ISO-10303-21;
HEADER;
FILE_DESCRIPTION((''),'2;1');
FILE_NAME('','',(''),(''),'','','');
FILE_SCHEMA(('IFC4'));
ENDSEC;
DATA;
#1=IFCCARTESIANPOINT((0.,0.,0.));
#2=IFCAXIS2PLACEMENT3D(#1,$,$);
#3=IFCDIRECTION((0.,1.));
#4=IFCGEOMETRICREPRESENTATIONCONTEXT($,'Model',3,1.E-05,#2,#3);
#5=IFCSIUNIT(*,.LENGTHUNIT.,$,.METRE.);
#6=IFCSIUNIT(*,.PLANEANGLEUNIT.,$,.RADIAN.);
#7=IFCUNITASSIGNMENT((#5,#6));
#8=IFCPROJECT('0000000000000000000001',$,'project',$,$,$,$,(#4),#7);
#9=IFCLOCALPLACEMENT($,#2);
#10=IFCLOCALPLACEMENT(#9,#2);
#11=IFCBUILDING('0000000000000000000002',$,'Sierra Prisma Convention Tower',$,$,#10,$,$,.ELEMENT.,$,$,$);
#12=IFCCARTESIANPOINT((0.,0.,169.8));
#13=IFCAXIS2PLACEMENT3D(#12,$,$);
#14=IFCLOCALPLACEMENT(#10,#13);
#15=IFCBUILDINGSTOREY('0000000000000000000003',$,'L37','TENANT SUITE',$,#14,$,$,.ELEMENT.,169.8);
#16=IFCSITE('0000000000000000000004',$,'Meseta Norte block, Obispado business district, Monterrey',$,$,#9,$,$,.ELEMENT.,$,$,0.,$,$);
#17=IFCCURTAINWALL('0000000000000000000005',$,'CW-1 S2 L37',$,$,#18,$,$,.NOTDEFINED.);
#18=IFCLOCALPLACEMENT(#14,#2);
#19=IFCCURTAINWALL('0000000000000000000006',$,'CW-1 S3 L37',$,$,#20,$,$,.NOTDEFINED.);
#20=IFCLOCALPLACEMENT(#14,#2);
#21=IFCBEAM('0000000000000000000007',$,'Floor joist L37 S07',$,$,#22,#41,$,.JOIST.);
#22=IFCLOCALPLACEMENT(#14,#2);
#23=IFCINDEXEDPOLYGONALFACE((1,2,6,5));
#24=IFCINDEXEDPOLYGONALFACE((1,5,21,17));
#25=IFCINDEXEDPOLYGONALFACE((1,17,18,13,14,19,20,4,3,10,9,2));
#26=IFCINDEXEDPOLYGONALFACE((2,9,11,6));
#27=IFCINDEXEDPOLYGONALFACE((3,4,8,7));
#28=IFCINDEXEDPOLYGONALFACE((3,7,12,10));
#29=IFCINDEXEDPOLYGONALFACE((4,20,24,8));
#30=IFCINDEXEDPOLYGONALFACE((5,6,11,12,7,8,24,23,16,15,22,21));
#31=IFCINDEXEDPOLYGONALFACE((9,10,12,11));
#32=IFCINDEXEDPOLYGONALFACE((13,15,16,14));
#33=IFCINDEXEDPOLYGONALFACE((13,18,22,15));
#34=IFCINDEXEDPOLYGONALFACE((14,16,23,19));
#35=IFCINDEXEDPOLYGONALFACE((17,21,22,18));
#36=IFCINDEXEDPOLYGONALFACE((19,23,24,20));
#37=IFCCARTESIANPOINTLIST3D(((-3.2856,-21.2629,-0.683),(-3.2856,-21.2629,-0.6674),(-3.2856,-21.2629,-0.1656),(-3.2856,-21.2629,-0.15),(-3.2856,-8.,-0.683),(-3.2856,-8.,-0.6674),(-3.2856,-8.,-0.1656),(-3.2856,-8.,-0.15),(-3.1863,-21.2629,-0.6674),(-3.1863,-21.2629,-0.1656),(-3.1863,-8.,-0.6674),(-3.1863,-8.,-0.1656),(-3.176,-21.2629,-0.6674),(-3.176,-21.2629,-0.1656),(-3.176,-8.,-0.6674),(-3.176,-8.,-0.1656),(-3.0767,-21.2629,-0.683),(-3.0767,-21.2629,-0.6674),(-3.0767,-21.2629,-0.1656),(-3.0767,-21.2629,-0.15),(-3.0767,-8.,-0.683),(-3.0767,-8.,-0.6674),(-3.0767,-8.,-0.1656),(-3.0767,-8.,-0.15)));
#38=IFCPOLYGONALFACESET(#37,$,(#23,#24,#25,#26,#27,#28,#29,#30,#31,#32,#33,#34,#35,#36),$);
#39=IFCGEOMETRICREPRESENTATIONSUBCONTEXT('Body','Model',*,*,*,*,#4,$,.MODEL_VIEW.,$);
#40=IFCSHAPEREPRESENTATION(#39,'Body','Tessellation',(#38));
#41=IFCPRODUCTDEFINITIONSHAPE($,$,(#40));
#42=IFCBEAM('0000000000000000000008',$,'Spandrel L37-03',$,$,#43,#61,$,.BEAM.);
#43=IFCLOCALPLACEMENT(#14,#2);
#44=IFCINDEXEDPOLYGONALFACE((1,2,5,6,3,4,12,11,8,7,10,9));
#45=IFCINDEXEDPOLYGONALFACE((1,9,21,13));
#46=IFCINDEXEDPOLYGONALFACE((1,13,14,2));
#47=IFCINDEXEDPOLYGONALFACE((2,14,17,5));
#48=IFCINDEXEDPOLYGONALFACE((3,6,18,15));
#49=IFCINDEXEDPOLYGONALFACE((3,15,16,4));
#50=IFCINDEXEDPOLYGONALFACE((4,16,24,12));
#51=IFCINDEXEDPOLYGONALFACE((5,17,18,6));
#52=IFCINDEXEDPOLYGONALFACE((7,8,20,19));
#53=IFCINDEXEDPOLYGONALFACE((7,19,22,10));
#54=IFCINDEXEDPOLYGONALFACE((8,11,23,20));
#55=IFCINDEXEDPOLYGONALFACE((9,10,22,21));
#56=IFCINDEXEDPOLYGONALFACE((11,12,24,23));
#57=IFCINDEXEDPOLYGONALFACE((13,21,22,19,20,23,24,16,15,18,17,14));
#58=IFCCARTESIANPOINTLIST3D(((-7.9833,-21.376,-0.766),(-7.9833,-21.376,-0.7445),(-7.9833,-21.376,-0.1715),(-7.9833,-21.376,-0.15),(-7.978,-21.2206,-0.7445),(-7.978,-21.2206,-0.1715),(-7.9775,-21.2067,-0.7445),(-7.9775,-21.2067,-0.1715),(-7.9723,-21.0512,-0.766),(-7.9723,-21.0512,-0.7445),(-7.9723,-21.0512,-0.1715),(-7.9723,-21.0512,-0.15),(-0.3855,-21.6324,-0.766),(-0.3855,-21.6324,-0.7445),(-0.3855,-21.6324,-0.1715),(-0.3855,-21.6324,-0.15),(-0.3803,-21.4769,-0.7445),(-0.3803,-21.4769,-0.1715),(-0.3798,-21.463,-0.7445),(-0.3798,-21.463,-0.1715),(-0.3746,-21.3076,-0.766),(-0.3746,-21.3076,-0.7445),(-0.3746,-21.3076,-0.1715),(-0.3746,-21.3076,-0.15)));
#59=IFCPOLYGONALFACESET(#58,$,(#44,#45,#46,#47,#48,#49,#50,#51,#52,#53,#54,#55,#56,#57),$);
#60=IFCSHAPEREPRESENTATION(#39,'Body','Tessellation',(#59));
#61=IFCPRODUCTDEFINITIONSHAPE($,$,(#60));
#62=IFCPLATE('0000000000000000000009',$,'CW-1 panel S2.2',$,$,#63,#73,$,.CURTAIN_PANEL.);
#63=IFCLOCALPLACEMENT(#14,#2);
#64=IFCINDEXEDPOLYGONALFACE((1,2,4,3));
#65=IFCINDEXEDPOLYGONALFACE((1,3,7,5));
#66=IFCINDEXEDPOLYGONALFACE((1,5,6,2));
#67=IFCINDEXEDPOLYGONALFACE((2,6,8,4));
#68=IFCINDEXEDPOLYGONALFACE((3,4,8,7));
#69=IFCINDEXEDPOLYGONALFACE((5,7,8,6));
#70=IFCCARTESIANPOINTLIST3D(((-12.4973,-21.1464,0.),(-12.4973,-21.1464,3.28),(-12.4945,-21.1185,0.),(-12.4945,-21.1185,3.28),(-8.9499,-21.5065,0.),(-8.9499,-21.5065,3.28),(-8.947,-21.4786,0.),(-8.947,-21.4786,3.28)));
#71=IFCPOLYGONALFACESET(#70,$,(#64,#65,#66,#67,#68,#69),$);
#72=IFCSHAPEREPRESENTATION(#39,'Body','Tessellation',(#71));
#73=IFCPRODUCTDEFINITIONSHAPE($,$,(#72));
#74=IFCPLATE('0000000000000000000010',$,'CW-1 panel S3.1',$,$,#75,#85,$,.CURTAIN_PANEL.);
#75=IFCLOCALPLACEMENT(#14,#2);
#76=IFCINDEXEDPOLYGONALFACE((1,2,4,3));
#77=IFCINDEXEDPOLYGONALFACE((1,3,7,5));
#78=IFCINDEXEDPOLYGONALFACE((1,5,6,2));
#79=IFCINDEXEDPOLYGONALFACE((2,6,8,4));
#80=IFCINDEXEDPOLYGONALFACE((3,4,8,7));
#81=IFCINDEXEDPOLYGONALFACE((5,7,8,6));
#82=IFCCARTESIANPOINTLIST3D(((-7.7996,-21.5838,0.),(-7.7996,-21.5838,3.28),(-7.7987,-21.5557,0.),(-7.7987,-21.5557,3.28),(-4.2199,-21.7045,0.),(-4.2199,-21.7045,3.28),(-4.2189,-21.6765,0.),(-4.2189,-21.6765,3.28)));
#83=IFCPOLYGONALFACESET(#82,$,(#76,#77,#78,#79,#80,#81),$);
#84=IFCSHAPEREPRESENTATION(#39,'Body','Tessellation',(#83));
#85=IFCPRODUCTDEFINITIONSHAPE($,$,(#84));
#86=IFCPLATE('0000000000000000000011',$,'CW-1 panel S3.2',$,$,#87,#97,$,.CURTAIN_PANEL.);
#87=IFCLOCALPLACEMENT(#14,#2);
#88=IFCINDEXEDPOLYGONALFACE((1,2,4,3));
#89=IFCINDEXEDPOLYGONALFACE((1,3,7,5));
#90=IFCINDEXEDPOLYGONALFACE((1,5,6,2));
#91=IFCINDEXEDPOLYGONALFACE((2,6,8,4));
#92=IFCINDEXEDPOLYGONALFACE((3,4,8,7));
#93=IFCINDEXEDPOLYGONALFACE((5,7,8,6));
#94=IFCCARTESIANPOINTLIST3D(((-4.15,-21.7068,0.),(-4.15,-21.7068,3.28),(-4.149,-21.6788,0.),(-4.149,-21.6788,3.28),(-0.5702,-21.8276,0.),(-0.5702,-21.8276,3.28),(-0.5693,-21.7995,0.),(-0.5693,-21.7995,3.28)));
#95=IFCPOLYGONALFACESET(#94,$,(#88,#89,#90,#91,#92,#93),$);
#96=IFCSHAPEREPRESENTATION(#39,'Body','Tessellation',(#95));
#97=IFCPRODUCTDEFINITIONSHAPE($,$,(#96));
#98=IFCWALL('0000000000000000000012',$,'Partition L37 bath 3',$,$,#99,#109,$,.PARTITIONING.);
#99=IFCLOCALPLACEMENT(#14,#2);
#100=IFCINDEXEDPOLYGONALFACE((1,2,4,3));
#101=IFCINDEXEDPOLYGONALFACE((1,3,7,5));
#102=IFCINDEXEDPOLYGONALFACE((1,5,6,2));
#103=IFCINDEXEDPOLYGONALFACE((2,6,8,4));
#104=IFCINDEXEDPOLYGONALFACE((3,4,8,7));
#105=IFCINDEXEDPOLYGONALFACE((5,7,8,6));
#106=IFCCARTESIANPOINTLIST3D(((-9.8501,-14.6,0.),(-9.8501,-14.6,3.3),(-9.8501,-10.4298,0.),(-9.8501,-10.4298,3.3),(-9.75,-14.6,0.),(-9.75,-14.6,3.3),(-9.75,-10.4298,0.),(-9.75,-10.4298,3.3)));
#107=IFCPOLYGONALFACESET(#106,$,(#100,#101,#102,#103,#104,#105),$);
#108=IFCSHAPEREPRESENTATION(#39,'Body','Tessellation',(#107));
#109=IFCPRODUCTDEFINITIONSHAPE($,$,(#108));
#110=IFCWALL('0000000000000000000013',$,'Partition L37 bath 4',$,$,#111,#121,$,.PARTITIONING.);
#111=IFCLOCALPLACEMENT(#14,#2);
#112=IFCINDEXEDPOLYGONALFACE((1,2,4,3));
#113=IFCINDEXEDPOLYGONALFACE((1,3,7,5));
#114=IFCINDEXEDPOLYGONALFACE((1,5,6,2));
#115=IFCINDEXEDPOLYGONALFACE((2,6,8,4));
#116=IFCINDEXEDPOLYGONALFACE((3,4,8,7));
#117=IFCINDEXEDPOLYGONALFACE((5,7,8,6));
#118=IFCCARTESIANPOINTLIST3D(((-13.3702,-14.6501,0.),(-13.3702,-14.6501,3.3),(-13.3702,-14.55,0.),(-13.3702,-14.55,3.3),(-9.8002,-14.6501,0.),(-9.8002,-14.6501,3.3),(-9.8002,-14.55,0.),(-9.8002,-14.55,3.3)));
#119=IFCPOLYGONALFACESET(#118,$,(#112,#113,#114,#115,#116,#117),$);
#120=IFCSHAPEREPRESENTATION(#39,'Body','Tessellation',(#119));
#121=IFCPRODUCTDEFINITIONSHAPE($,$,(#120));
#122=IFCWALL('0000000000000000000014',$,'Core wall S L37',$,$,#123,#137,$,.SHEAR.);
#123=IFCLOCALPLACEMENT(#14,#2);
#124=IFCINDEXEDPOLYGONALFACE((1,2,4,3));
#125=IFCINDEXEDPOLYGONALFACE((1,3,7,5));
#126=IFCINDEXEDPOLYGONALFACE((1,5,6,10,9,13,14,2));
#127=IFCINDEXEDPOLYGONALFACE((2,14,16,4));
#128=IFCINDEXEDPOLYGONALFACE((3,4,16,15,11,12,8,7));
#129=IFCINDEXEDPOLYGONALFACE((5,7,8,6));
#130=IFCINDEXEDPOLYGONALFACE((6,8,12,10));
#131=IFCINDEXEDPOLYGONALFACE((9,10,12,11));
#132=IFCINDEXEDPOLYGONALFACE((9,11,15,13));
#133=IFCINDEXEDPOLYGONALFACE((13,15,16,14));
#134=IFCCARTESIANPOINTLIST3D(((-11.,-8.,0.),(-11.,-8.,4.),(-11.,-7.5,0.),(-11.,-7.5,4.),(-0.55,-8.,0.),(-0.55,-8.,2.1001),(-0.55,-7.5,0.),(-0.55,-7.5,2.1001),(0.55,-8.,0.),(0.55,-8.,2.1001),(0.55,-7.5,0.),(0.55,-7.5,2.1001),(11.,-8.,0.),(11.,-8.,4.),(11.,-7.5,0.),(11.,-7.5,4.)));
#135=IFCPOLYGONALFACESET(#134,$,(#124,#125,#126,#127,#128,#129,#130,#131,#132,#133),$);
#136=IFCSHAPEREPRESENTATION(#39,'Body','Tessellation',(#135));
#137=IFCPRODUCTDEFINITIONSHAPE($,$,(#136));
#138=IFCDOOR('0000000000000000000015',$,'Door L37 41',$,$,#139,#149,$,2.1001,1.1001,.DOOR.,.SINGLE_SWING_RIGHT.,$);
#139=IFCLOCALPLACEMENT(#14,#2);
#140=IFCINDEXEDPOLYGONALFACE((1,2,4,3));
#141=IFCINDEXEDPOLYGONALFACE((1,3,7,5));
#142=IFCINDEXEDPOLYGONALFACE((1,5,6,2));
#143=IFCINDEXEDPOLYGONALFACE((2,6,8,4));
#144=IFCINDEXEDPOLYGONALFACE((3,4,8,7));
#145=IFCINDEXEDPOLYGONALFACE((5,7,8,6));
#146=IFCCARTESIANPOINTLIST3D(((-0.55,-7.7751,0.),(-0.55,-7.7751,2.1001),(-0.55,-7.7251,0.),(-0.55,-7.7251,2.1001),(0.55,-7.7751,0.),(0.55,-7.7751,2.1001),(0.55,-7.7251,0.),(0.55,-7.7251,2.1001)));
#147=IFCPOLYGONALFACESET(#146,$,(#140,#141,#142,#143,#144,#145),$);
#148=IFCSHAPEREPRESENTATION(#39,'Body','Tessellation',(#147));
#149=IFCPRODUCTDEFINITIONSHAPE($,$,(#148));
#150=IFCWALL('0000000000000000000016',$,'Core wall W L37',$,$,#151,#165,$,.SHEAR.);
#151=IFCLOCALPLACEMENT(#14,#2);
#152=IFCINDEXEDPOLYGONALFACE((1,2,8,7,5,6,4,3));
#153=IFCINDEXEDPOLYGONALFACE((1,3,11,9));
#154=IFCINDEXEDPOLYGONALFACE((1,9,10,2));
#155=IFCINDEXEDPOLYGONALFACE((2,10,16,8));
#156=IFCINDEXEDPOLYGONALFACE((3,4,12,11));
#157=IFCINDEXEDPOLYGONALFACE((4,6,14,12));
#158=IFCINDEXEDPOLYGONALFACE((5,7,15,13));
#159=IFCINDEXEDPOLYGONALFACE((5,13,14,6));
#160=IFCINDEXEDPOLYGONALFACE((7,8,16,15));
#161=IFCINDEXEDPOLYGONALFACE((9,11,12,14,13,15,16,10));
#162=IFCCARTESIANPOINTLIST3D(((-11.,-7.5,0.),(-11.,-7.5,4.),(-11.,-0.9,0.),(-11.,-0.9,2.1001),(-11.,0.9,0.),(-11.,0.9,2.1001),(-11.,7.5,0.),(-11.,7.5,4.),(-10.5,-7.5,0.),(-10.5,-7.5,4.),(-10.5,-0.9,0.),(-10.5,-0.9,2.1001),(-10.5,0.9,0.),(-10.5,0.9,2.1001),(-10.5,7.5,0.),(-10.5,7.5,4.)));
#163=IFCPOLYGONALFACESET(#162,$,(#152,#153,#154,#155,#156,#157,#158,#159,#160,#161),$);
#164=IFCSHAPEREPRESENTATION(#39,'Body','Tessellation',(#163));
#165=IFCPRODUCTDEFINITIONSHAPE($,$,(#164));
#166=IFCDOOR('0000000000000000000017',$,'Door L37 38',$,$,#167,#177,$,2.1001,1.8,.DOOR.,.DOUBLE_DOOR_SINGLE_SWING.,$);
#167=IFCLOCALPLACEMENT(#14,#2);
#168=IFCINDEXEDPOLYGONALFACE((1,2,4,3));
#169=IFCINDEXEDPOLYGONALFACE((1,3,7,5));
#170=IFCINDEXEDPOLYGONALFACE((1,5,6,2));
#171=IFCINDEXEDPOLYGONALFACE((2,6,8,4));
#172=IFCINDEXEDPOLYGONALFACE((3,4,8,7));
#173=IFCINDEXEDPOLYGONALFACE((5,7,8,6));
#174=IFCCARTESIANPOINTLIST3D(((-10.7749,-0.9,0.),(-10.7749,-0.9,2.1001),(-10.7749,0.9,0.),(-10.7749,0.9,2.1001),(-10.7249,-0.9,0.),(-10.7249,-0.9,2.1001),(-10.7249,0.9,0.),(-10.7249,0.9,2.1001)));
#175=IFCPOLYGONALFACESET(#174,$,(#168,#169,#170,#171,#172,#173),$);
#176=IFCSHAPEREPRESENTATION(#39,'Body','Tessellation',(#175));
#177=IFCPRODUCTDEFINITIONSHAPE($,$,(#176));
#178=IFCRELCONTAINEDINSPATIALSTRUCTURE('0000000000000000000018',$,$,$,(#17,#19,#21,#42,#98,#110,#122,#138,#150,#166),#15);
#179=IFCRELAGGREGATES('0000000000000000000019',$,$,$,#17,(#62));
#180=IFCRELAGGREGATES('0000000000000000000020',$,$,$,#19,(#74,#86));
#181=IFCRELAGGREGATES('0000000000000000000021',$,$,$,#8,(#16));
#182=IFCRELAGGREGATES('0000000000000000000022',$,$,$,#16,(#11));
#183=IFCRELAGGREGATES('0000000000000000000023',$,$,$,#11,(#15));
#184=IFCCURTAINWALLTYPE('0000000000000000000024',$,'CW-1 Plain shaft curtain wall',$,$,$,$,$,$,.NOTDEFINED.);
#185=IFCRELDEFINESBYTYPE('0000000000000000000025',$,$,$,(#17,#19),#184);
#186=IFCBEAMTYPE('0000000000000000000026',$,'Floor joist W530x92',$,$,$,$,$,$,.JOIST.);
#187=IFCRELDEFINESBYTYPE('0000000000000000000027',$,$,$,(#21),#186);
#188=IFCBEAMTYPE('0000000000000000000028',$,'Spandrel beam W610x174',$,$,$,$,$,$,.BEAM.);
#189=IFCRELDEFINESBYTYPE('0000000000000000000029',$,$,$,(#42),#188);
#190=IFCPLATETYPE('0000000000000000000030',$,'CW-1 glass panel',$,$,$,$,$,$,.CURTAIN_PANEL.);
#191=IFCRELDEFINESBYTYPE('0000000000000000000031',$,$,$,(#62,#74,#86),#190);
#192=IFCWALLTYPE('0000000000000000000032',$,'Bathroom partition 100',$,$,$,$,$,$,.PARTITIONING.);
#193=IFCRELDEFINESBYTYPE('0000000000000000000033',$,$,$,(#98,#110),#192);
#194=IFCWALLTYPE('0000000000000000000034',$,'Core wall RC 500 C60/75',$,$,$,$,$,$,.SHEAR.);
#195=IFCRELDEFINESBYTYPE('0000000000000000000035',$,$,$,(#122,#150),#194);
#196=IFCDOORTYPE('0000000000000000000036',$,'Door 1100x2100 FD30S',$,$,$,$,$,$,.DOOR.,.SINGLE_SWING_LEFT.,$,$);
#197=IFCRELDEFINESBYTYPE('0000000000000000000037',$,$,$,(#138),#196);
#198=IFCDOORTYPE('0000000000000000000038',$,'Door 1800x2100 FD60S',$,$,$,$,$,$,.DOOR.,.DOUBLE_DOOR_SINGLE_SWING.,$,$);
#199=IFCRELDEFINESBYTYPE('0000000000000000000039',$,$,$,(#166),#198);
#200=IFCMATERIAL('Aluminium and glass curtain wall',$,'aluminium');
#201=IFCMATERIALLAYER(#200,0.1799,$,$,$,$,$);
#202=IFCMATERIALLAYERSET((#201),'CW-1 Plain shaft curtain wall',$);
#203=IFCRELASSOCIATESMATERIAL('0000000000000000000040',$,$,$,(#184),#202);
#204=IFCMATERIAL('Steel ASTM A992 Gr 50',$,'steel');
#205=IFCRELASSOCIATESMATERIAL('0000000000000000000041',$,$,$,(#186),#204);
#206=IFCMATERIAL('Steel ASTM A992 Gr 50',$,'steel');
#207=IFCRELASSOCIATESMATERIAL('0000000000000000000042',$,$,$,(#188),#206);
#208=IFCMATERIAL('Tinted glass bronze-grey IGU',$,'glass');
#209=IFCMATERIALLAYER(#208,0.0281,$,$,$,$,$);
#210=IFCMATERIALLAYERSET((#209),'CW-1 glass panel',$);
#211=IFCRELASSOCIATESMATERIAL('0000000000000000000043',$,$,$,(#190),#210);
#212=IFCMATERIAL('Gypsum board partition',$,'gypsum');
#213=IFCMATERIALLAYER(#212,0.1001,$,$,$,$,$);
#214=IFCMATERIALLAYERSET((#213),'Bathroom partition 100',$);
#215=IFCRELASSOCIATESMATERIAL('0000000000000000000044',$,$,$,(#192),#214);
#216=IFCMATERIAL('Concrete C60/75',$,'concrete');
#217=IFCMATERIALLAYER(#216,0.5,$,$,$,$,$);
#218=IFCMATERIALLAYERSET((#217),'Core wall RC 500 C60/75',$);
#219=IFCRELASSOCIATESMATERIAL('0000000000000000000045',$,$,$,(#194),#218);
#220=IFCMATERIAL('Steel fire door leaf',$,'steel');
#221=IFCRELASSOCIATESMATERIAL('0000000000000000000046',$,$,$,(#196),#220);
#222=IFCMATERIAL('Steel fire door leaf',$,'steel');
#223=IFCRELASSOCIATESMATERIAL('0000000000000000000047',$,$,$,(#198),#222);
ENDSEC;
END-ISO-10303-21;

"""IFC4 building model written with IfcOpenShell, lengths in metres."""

from ifc_helpers import new_model, si_unit, direction, frame, frame_2d, origin, origin_2d, place, context, subcontext, project, spatial, rectangle, i_section, extrude, material, layer, layer_set, material_profile, profile_set, type_object, element, fill, aggregate, save


model = new_model("IFC4")

# Units and contexts
model_context = context("Model", 3, precision=1e-05, world=origin(), true_north=direction((0.0, 1.0)))
body_context = subcontext(model_context, "Body", "Model", "MODEL_VIEW")
ifc_project = project(units=[si_unit("LENGTHUNIT", "METRE"), si_unit("PLANEANGLEUNIT", "RADIAN")], contexts=[model_context])

# Site, building, storey
site_placement = place(None, origin())
site = spatial("IfcSite", under=ifc_project, at=site_placement, Name="Meseta Norte block, Obispado business district, Monterrey", CompositionType="ELEMENT", RefElevation=0.0)
building_placement = place(site_placement, origin())
building = spatial("IfcBuilding", under=site, at=building_placement, Name="Sierra Prisma Convention Tower", CompositionType="ELEMENT")
storey_placement = place(building_placement, frame((0.0, 0.0, 169.8)))
storey = spatial("IfcBuildingStorey", under=building, at=storey_placement, Name="L37", Description="TENANT SUITE", CompositionType="ELEMENT", Elevation=169.8)

# Curtain wall
ifc_material_1 = material(Name="Aluminium and glass curtain wall", Category="aluminium")
ifc_layer_1 = layer(ifc_material_1, 0.1799)
ifc_layer_set_1 = layer_set([ifc_layer_1], Name="CW-1 Plain shaft curtain wall")
curtain_wall_type = type_object("IfcCurtainWallType", Name="CW-1 Plain shaft curtain wall", PredefinedType="NOTDEFINED", material=ifc_layer_set_1)
curtain_wall_1_placement = place(storey_placement, origin())
curtain_wall_1 = element("IfcCurtainWall", 1, at=curtain_wall_1_placement, inside=storey, type_object=curtain_wall_type, Name="CW-1 S2 L37", PredefinedType="NOTDEFINED")

# Curtain wall
curtain_wall_2_placement = place(storey_placement, origin())
curtain_wall_2 = element("IfcCurtainWall", 2, at=curtain_wall_2_placement, inside=storey, type_object=curtain_wall_type, Name="CW-1 S3 L37", PredefinedType="NOTDEFINED")

# Beams
ifc_material_2 = material(Name="Steel ASTM A992 Gr 50", Category="steel")
ifc_material_profile_1 = material_profile(ifc_material_2, i_section(OverallWidth=0.209, OverallDepth=0.533, WebThickness=0.0103, FlangeThickness=0.0156, at=origin_2d()), Name="W530x92")
ifc_profile_set_1 = profile_set([ifc_material_profile_1], Name="Steel ASTM A992 Gr 50")
beam_type_1 = type_object("IfcBeamType", Name="Floor joist W530x92", PredefinedType="JOIST", material=ifc_profile_set_1)
beam_1_placement = place(storey_placement, frame((-3.1812, -21.2629, -0.4165), z_axis=(0.0, 1.0, 0.0), x_axis=(-1.0, 0.0, 0.0)))
element("IfcBeam", 3, at=beam_1_placement, inside=storey, type_object=beam_type_1, Name="Floor joist L37 S07", PredefinedType="JOIST", context=body_context, shape_type="SweptSolid", body=[
    extrude(i_section(OverallWidth=0.209, OverallDepth=0.533, WebThickness=0.0103, FlangeThickness=0.0156, at=origin_2d()), origin(), (0.0, 0.0, 1.0), 13.2629),
])
ifc_material_3 = material(Name="Steel ASTM A992 Gr 50", Category="steel")
ifc_material_profile_2 = material_profile(ifc_material_3, i_section(OverallWidth=0.325, OverallDepth=0.616, WebThickness=0.0139, FlangeThickness=0.0215, at=origin_2d()), Name="W610x174")
ifc_profile_set_2 = profile_set([ifc_material_profile_2], Name="Steel ASTM A992 Gr 50")
beam_type_2 = type_object("IfcBeamType", Name="Spandrel beam W610x174", PredefinedType="BEAM", material=ifc_profile_set_2)
beam_2_placement = place(storey_placement, frame((-7.9778, -21.2136, -0.458), z_axis=(0.999431, -0.033721, 0.0), x_axis=(0.033721, 0.999431, 0.0)))
element("IfcBeam", 4, at=beam_2_placement, inside=storey, type_object=beam_type_2, Name="Spandrel L37-03", PredefinedType="BEAM", context=body_context, shape_type="SweptSolid", body=[
    extrude(i_section(OverallWidth=0.325, OverallDepth=0.616, WebThickness=0.0139, FlangeThickness=0.0215, at=origin_2d()), origin(), (0.0, 0.0, 1.0), 7.6021),
])

# Plates
ifc_material_4 = material(Name="Tinted glass bronze-grey IGU", Category="glass")
ifc_layer_2 = layer(ifc_material_4, 0.0281)
ifc_layer_set_2 = layer_set([ifc_layer_2], Name="CW-1 glass panel")
plate_type = type_object("IfcPlateType", Name="CW-1 glass panel", PredefinedType="CURTAIN_PANEL", material=ifc_layer_set_2)
plate_1_placement = place(storey_placement, frame((-10.7222, -21.3125, 0.0), z_axis=(0.0, 0.0, 1.0), x_axis=(0.994888, -0.100989, 0.0)))
plate_1 = element("IfcPlate", 5, at=plate_1_placement, type_object=plate_type, Name="CW-1 panel S2.2", PredefinedType="CURTAIN_PANEL", context=body_context, shape_type="SweptSolid", body=[
    extrude(rectangle(XDim=3.5657, YDim=0.0281, at=origin_2d()), origin(), (0.0, 0.0, 1.0), 3.28),
])
aggregate(curtain_wall_1, [plate_1])
plate_2_placement = place(storey_placement, frame((-6.0093, -21.6301, 0.0), z_axis=(0.0, 0.0, 1.0), x_axis=(0.999432, -0.033714, 0.0)))
plate_2 = element("IfcPlate", 6, at=plate_2_placement, type_object=plate_type, Name="CW-1 panel S3.1", PredefinedType="CURTAIN_PANEL", context=body_context, shape_type="SweptSolid", body=[
    extrude(rectangle(XDim=3.5818, YDim=0.0281, at=origin_2d()), origin(), (0.0, 0.0, 1.0), 3.28),
])
plate_3_placement = place(storey_placement, frame((-2.3596, -21.7532, 0.0), z_axis=(0.0, 0.0, 1.0), x_axis=(0.999432, -0.033714, 0.0)))
plate_3 = element("IfcPlate", 7, at=plate_3_placement, type_object=plate_type, Name="CW-1 panel S3.2", PredefinedType="CURTAIN_PANEL", context=body_context, shape_type="SweptSolid", body=[
    extrude(rectangle(XDim=3.5818, YDim=0.0281, at=origin_2d()), origin(), (0.0, 0.0, 1.0), 3.28),
])
aggregate(curtain_wall_2, [plate_2, plate_3])

# Walls
ifc_material_5 = material(Name="Gypsum board partition", Category="gypsum")
ifc_layer_3 = layer(ifc_material_5, 0.1001)
ifc_layer_set_3 = layer_set([ifc_layer_3], Name="Bathroom partition 100")
wall_type_1 = type_object("IfcWallType", Name="Bathroom partition 100", PredefinedType="PARTITIONING", material=ifc_layer_set_3)
wall_1_placement = place(storey_placement, frame((-9.8, -10.4299, 0.0), z_axis=(0.0, 0.0, 1.0), x_axis=(0.0, -1.0, 0.0)))
element("IfcWall", 8, at=wall_1_placement, inside=storey, type_object=wall_type_1, Name="Partition L37 bath 3", PredefinedType="PARTITIONING", context=body_context, shape_type="SweptSolid", body=[
    extrude(rectangle(XDim=4.1702, YDim=0.1001, at=frame_2d((2.085, 0.0))), origin(), (0.0, 0.0, 1.0), 3.3),
])
wall_2_placement = place(storey_placement, frame((-9.8, -14.6001, 0.0), z_axis=(0.0, 0.0, 1.0), x_axis=(-1.0, 0.0, 0.0)))
element("IfcWall", 9, at=wall_2_placement, inside=storey, type_object=wall_type_1, Name="Partition L37 bath 4", PredefinedType="PARTITIONING", context=body_context, shape_type="SweptSolid", body=[
    extrude(rectangle(XDim=3.5701, YDim=0.1001, at=frame_2d((1.7852, 0.0))), origin(), (0.0, 0.0, 1.0), 3.3),
])

# Walls, openings, doors
ifc_material_6 = material(Name="Concrete C60/75", Category="concrete")
ifc_layer_4 = layer(ifc_material_6, 0.5)
ifc_layer_set_4 = layer_set([ifc_layer_4], Name="Core wall RC 500 C60/75")
wall_type_2 = type_object("IfcWallType", Name="Core wall RC 500 C60/75", PredefinedType="SHEAR", material=ifc_layer_set_4)
wall_3_placement = place(storey_placement, frame((-11.0, -7.75, 0.0), z_axis=(0.0, 0.0, 1.0), x_axis=(1.0, 0.0, 0.0)))
wall_3 = element("IfcWall", 10, at=wall_3_placement, inside=storey, type_object=wall_type_2, Name="Core wall S L37", PredefinedType="SHEAR", context=body_context, shape_type="SweptSolid", body=[
    extrude(rectangle(XDim=22.0, YDim=0.5, at=frame_2d((11.0, 0.0))), origin(), (0.0, 0.0, 1.0), 4.0),
])
opening_1_placement = place(wall_3_placement, frame((10.45, 0.0, 0.0)))
opening_1 = element("IfcOpeningElement", 11, at=opening_1_placement, cuts=wall_3, PredefinedType="OPENING", context=body_context, shape_type="SweptSolid", body=[
    extrude(rectangle(XDim=1.1001, YDim=2.1001, at=frame_2d((0.55, 1.05))), frame((0.0, 0.25, 0.0), z_axis=(0.0, -1.0, 0.0), x_axis=(1.0, 0.0, 0.0)), (0.0, 0.0, 1.0), 0.5),
])
ifc_material_7 = material(Name="Steel fire door leaf", Category="steel")
door_type_1 = type_object("IfcDoorType", Name="Door 1100x2100 FD30S", OperationType="SINGLE_SWING_LEFT", PredefinedType="DOOR", material=ifc_material_7)
door_1_placement = place(opening_1_placement, origin())
door_1 = element("IfcDoor", 12, at=door_1_placement, inside=storey, type_object=door_type_1, Name="Door L37 41", OperationType="SINGLE_SWING_RIGHT", OverallHeight=2.1001, OverallWidth=1.1001, PredefinedType="DOOR", context=body_context, shape_type="SweptSolid", body=[
    extrude(rectangle(XDim=1.1001, YDim=2.1001, at=frame_2d((0.55, 1.05))), frame((0.0, 0.0249, 0.0), z_axis=(0.0, -1.0, 0.0), x_axis=(1.0, 0.0, 0.0)), (0.0, 0.0, 1.0), 0.05),
])
fill(opening_1, door_1)
wall_4_placement = place(storey_placement, frame((-10.75, -7.5, 0.0), z_axis=(0.0, 0.0, 1.0), x_axis=(0.0, 1.0, 0.0)))
wall_4 = element("IfcWall", 13, at=wall_4_placement, inside=storey, type_object=wall_type_2, Name="Core wall W L37", PredefinedType="SHEAR", context=body_context, shape_type="SweptSolid", body=[
    extrude(rectangle(XDim=15.0, YDim=0.5, at=frame_2d((7.5, 0.0))), origin(), (0.0, 0.0, 1.0), 4.0),
])
opening_2_placement = place(wall_4_placement, frame((6.6001, 0.0, 0.0)))
opening_2 = element("IfcOpeningElement", 14, at=opening_2_placement, cuts=wall_4, PredefinedType="OPENING", context=body_context, shape_type="SweptSolid", body=[
    extrude(rectangle(XDim=1.8, YDim=2.1001, at=frame_2d((0.8999, 1.05))), frame((0.0, 0.25, 0.0), z_axis=(0.0, -1.0, 0.0), x_axis=(1.0, 0.0, 0.0)), (0.0, 0.0, 1.0), 0.5),
])
ifc_material_8 = material(Name="Steel fire door leaf", Category="steel")
door_type_2 = type_object("IfcDoorType", Name="Door 1800x2100 FD60S", OperationType="DOUBLE_DOOR_SINGLE_SWING", PredefinedType="DOOR", material=ifc_material_8)
door_2_placement = place(opening_2_placement, origin())
door_2 = element("IfcDoor", 15, at=door_2_placement, inside=storey, type_object=door_type_2, Name="Door L37 38", OperationType="DOUBLE_DOOR_SINGLE_SWING", OverallHeight=2.1001, OverallWidth=1.8, PredefinedType="DOOR", context=body_context, shape_type="SweptSolid", body=[
    extrude(rectangle(XDim=1.8, YDim=2.1001, at=frame_2d((0.8999, 1.05))), frame((0.0, 0.0249, 0.0), z_axis=(0.0, -1.0, 0.0), x_axis=(1.0, 0.0, 0.0)), (0.0, 0.0, 1.0), 0.05),
])
fill(opening_2, door_2)

save(model, "model.ifc")
